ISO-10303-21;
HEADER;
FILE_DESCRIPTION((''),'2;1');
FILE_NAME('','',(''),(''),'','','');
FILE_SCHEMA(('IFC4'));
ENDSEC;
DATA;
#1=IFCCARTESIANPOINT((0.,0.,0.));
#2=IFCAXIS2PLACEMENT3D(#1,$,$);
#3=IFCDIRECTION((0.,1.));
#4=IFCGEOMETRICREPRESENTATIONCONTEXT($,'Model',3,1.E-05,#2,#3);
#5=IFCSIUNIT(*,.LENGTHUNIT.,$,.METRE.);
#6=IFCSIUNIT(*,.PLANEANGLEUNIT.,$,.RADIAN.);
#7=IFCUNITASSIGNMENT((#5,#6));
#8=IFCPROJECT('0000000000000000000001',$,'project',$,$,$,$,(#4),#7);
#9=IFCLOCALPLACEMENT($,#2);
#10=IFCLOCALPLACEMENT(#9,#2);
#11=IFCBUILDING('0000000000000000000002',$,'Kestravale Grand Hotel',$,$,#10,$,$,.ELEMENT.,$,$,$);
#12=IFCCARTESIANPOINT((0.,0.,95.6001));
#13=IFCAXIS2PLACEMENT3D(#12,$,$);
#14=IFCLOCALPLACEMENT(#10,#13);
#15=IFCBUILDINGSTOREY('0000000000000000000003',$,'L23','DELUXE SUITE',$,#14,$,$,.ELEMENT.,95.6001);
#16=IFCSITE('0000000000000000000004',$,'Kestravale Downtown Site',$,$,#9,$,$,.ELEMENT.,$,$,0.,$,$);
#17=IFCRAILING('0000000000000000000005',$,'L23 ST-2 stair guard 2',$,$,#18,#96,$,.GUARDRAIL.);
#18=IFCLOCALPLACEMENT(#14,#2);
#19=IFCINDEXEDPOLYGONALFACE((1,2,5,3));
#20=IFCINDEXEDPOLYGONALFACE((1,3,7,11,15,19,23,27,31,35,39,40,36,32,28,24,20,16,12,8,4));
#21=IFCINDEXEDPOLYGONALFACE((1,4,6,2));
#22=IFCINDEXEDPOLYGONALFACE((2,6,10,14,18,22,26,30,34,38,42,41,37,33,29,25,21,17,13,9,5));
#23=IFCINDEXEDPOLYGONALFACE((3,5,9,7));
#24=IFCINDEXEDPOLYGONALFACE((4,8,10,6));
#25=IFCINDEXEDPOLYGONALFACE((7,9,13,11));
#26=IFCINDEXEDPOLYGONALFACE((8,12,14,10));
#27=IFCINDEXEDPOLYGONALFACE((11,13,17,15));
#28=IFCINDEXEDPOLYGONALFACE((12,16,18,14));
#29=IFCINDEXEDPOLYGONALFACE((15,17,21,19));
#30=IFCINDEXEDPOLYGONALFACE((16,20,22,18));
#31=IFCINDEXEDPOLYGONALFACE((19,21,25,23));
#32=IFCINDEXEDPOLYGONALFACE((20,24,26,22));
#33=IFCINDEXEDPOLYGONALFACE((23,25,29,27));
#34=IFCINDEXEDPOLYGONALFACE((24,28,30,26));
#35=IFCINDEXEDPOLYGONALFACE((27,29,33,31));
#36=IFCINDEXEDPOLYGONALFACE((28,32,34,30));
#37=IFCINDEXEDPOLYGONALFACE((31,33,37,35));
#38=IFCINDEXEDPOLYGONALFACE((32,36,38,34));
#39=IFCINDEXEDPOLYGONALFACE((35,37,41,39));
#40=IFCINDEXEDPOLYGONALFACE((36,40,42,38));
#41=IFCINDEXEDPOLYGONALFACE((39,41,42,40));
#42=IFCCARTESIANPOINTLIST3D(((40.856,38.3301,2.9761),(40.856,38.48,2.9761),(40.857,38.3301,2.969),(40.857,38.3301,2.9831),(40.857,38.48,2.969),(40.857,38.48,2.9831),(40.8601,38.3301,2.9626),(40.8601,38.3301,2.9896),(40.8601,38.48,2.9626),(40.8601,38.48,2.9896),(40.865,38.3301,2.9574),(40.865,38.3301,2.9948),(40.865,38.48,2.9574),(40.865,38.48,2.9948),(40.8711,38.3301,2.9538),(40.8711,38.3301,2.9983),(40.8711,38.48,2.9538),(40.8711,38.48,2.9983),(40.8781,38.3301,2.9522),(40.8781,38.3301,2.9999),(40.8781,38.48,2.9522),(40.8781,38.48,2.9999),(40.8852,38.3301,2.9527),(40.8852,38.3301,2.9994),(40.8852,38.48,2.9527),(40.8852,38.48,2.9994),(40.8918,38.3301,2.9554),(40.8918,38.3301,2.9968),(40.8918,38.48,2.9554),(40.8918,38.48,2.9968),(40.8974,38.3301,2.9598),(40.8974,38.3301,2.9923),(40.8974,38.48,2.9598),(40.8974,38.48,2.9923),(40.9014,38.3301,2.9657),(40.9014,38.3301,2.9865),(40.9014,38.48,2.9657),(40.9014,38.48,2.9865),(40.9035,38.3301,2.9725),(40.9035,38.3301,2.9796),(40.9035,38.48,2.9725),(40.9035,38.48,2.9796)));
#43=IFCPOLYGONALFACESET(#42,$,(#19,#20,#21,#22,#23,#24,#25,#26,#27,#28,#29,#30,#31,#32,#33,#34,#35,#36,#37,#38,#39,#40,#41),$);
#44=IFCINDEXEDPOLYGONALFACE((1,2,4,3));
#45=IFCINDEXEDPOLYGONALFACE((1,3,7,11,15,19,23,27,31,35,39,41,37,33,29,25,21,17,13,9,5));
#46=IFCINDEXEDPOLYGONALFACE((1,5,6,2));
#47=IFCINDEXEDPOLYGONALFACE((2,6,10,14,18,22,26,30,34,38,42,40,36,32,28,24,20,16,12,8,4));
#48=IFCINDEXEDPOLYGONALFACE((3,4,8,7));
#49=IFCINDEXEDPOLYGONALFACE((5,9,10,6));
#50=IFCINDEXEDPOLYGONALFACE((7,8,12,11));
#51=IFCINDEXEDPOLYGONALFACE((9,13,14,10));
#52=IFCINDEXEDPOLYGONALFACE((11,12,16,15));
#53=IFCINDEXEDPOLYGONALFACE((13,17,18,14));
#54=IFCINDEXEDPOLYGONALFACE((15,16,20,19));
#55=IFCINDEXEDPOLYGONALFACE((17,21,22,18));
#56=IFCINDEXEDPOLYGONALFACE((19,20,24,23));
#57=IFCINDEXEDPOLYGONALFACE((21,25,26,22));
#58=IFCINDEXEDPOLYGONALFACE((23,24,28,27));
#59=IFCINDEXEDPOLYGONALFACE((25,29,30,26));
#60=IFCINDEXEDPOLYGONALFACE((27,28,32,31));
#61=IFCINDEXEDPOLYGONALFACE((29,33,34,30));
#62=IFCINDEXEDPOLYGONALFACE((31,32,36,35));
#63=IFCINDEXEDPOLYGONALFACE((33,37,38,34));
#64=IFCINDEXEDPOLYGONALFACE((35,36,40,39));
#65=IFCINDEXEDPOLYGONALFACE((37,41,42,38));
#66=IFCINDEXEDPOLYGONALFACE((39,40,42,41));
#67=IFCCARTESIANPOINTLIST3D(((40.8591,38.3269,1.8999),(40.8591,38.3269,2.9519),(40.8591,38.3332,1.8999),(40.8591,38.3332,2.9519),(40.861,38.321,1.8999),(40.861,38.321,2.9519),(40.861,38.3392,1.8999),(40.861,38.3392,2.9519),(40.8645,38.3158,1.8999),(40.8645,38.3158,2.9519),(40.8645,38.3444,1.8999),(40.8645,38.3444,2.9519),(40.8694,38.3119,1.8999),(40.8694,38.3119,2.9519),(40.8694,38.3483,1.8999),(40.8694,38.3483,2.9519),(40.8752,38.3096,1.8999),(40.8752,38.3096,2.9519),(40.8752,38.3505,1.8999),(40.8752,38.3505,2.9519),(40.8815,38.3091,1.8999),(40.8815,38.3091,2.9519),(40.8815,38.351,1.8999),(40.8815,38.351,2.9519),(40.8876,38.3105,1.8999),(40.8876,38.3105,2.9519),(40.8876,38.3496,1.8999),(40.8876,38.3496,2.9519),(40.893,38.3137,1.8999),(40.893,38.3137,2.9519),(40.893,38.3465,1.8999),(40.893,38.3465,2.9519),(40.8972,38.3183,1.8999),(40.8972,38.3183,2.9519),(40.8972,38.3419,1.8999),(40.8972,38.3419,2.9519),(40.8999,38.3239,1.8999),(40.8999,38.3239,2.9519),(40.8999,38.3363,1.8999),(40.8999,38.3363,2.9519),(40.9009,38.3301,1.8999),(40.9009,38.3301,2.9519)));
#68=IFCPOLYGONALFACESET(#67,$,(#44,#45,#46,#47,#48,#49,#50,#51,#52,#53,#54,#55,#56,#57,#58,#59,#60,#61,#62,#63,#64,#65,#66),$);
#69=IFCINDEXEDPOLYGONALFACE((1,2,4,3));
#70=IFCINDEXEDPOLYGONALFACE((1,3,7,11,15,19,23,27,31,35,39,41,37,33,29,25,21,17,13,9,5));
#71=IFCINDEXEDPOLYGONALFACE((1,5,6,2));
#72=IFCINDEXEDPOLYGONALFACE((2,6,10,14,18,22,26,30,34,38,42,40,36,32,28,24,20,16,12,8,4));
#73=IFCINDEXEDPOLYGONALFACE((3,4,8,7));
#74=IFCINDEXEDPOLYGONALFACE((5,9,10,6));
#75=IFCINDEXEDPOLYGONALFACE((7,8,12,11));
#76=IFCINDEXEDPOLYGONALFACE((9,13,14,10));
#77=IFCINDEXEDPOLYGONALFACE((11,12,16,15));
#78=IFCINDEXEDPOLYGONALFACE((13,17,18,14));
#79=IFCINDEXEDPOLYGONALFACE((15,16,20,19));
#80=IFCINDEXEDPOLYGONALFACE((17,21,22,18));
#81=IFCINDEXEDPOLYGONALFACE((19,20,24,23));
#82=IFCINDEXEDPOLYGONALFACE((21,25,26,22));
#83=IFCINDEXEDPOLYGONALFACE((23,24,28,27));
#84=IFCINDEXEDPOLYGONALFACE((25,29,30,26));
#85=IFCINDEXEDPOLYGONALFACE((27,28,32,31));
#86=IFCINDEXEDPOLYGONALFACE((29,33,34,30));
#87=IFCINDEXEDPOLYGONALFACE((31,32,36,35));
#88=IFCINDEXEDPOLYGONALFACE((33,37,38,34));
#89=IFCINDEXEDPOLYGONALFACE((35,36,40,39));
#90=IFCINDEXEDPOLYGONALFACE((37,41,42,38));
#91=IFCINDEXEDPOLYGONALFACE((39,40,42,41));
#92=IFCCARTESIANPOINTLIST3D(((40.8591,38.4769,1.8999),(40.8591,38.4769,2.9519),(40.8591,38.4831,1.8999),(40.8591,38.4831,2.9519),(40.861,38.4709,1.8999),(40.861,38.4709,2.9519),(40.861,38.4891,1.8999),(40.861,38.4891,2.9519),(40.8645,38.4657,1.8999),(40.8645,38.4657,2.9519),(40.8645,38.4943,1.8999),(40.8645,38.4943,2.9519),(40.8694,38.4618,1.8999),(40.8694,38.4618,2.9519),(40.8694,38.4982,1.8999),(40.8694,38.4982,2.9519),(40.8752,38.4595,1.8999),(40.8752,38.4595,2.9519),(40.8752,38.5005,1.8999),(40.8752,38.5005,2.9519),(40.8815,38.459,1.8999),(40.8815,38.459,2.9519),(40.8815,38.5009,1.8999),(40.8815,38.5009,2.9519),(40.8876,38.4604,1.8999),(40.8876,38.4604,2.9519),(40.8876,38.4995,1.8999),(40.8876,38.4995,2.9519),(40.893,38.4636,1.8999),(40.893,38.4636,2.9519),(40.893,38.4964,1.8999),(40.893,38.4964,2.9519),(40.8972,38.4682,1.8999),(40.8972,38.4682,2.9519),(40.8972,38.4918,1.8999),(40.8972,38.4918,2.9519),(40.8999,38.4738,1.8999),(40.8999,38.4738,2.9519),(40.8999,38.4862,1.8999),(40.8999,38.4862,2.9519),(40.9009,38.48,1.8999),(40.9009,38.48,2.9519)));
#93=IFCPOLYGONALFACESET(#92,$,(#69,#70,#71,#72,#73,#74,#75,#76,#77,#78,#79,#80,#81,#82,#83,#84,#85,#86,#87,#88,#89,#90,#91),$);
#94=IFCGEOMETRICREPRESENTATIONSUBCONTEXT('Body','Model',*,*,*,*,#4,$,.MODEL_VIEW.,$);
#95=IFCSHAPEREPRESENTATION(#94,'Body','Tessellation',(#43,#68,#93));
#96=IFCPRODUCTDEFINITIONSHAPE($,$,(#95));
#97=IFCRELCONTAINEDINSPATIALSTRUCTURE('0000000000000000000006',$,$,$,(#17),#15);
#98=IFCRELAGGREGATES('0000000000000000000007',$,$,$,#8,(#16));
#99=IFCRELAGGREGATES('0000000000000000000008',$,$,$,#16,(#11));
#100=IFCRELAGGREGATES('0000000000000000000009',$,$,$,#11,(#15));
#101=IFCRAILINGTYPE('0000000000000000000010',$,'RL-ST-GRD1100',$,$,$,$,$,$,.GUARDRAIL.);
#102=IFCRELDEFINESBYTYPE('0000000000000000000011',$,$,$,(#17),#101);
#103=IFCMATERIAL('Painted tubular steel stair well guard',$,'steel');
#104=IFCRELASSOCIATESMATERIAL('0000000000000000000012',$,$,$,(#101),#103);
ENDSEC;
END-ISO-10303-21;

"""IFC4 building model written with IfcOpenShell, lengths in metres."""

from ifc_helpers import new_model, si_unit, direction, frame, origin, origin_2d, place, context, subcontext, project, spatial, circle, extrude, material, type_object, element, save


model = new_model("IFC4")

# Units and contexts
model_context = context("Model", 3, precision=1e-05, world=origin(), true_north=direction((0.0, 1.0)))
body_context = subcontext(model_context, "Body", "Model", "MODEL_VIEW")
ifc_project = project(units=[si_unit("LENGTHUNIT", "METRE"), si_unit("PLANEANGLEUNIT", "RADIAN")], contexts=[model_context])

# Site, building, storey
site_placement = place(None, origin())
site = spatial("IfcSite", under=ifc_project, at=site_placement, Name="Kestravale Downtown Site", CompositionType="ELEMENT", RefElevation=0.0)
building_placement = place(site_placement, origin())
building = spatial("IfcBuilding", under=site, at=building_placement, Name="Kestravale Grand Hotel", CompositionType="ELEMENT")
storey_placement = place(building_placement, frame((0.0, 0.0, 95.6001)))
storey = spatial("IfcBuildingStorey", under=building, at=storey_placement, Name="L23", Description="DELUXE SUITE", CompositionType="ELEMENT", Elevation=95.6001)

# Railing
ifc_material_1 = material(Name="Painted tubular steel stair well guard", Category="steel")
railing_type_1 = type_object("IfcRailingType", Name="RL-ST-GRD1100", PredefinedType="GUARDRAIL", material=ifc_material_1)
railing_1_placement = place(storey_placement, frame((40.8799, 38.3301, 1.8999)))
element("IfcRailing", 1, at=railing_1_placement, inside=storey, type_object=railing_type_1, Name="L23 ST-2 stair guard 2", PredefinedType="GUARDRAIL", context=body_context, shape_type="SweptSolid", body=[
    extrude(circle(Radius=0.0239, at=origin_2d()), frame((0.0, 0.0, 1.0762), z_axis=(0.0, 1.0, 0.0), x_axis=(-1.0, 0.0, 0.0)), (0.0, 0.0, 1.0), 0.1499),
    extrude(circle(Radius=0.021, at=origin_2d()), origin(), (0.0, 0.0, 1.0), 1.052),
    extrude(circle(Radius=0.021, at=origin_2d()), frame((0.0, 0.1499, 0.0)), (0.0, 0.0, 1.0), 1.052),
])

save(model, "model.ifc")
